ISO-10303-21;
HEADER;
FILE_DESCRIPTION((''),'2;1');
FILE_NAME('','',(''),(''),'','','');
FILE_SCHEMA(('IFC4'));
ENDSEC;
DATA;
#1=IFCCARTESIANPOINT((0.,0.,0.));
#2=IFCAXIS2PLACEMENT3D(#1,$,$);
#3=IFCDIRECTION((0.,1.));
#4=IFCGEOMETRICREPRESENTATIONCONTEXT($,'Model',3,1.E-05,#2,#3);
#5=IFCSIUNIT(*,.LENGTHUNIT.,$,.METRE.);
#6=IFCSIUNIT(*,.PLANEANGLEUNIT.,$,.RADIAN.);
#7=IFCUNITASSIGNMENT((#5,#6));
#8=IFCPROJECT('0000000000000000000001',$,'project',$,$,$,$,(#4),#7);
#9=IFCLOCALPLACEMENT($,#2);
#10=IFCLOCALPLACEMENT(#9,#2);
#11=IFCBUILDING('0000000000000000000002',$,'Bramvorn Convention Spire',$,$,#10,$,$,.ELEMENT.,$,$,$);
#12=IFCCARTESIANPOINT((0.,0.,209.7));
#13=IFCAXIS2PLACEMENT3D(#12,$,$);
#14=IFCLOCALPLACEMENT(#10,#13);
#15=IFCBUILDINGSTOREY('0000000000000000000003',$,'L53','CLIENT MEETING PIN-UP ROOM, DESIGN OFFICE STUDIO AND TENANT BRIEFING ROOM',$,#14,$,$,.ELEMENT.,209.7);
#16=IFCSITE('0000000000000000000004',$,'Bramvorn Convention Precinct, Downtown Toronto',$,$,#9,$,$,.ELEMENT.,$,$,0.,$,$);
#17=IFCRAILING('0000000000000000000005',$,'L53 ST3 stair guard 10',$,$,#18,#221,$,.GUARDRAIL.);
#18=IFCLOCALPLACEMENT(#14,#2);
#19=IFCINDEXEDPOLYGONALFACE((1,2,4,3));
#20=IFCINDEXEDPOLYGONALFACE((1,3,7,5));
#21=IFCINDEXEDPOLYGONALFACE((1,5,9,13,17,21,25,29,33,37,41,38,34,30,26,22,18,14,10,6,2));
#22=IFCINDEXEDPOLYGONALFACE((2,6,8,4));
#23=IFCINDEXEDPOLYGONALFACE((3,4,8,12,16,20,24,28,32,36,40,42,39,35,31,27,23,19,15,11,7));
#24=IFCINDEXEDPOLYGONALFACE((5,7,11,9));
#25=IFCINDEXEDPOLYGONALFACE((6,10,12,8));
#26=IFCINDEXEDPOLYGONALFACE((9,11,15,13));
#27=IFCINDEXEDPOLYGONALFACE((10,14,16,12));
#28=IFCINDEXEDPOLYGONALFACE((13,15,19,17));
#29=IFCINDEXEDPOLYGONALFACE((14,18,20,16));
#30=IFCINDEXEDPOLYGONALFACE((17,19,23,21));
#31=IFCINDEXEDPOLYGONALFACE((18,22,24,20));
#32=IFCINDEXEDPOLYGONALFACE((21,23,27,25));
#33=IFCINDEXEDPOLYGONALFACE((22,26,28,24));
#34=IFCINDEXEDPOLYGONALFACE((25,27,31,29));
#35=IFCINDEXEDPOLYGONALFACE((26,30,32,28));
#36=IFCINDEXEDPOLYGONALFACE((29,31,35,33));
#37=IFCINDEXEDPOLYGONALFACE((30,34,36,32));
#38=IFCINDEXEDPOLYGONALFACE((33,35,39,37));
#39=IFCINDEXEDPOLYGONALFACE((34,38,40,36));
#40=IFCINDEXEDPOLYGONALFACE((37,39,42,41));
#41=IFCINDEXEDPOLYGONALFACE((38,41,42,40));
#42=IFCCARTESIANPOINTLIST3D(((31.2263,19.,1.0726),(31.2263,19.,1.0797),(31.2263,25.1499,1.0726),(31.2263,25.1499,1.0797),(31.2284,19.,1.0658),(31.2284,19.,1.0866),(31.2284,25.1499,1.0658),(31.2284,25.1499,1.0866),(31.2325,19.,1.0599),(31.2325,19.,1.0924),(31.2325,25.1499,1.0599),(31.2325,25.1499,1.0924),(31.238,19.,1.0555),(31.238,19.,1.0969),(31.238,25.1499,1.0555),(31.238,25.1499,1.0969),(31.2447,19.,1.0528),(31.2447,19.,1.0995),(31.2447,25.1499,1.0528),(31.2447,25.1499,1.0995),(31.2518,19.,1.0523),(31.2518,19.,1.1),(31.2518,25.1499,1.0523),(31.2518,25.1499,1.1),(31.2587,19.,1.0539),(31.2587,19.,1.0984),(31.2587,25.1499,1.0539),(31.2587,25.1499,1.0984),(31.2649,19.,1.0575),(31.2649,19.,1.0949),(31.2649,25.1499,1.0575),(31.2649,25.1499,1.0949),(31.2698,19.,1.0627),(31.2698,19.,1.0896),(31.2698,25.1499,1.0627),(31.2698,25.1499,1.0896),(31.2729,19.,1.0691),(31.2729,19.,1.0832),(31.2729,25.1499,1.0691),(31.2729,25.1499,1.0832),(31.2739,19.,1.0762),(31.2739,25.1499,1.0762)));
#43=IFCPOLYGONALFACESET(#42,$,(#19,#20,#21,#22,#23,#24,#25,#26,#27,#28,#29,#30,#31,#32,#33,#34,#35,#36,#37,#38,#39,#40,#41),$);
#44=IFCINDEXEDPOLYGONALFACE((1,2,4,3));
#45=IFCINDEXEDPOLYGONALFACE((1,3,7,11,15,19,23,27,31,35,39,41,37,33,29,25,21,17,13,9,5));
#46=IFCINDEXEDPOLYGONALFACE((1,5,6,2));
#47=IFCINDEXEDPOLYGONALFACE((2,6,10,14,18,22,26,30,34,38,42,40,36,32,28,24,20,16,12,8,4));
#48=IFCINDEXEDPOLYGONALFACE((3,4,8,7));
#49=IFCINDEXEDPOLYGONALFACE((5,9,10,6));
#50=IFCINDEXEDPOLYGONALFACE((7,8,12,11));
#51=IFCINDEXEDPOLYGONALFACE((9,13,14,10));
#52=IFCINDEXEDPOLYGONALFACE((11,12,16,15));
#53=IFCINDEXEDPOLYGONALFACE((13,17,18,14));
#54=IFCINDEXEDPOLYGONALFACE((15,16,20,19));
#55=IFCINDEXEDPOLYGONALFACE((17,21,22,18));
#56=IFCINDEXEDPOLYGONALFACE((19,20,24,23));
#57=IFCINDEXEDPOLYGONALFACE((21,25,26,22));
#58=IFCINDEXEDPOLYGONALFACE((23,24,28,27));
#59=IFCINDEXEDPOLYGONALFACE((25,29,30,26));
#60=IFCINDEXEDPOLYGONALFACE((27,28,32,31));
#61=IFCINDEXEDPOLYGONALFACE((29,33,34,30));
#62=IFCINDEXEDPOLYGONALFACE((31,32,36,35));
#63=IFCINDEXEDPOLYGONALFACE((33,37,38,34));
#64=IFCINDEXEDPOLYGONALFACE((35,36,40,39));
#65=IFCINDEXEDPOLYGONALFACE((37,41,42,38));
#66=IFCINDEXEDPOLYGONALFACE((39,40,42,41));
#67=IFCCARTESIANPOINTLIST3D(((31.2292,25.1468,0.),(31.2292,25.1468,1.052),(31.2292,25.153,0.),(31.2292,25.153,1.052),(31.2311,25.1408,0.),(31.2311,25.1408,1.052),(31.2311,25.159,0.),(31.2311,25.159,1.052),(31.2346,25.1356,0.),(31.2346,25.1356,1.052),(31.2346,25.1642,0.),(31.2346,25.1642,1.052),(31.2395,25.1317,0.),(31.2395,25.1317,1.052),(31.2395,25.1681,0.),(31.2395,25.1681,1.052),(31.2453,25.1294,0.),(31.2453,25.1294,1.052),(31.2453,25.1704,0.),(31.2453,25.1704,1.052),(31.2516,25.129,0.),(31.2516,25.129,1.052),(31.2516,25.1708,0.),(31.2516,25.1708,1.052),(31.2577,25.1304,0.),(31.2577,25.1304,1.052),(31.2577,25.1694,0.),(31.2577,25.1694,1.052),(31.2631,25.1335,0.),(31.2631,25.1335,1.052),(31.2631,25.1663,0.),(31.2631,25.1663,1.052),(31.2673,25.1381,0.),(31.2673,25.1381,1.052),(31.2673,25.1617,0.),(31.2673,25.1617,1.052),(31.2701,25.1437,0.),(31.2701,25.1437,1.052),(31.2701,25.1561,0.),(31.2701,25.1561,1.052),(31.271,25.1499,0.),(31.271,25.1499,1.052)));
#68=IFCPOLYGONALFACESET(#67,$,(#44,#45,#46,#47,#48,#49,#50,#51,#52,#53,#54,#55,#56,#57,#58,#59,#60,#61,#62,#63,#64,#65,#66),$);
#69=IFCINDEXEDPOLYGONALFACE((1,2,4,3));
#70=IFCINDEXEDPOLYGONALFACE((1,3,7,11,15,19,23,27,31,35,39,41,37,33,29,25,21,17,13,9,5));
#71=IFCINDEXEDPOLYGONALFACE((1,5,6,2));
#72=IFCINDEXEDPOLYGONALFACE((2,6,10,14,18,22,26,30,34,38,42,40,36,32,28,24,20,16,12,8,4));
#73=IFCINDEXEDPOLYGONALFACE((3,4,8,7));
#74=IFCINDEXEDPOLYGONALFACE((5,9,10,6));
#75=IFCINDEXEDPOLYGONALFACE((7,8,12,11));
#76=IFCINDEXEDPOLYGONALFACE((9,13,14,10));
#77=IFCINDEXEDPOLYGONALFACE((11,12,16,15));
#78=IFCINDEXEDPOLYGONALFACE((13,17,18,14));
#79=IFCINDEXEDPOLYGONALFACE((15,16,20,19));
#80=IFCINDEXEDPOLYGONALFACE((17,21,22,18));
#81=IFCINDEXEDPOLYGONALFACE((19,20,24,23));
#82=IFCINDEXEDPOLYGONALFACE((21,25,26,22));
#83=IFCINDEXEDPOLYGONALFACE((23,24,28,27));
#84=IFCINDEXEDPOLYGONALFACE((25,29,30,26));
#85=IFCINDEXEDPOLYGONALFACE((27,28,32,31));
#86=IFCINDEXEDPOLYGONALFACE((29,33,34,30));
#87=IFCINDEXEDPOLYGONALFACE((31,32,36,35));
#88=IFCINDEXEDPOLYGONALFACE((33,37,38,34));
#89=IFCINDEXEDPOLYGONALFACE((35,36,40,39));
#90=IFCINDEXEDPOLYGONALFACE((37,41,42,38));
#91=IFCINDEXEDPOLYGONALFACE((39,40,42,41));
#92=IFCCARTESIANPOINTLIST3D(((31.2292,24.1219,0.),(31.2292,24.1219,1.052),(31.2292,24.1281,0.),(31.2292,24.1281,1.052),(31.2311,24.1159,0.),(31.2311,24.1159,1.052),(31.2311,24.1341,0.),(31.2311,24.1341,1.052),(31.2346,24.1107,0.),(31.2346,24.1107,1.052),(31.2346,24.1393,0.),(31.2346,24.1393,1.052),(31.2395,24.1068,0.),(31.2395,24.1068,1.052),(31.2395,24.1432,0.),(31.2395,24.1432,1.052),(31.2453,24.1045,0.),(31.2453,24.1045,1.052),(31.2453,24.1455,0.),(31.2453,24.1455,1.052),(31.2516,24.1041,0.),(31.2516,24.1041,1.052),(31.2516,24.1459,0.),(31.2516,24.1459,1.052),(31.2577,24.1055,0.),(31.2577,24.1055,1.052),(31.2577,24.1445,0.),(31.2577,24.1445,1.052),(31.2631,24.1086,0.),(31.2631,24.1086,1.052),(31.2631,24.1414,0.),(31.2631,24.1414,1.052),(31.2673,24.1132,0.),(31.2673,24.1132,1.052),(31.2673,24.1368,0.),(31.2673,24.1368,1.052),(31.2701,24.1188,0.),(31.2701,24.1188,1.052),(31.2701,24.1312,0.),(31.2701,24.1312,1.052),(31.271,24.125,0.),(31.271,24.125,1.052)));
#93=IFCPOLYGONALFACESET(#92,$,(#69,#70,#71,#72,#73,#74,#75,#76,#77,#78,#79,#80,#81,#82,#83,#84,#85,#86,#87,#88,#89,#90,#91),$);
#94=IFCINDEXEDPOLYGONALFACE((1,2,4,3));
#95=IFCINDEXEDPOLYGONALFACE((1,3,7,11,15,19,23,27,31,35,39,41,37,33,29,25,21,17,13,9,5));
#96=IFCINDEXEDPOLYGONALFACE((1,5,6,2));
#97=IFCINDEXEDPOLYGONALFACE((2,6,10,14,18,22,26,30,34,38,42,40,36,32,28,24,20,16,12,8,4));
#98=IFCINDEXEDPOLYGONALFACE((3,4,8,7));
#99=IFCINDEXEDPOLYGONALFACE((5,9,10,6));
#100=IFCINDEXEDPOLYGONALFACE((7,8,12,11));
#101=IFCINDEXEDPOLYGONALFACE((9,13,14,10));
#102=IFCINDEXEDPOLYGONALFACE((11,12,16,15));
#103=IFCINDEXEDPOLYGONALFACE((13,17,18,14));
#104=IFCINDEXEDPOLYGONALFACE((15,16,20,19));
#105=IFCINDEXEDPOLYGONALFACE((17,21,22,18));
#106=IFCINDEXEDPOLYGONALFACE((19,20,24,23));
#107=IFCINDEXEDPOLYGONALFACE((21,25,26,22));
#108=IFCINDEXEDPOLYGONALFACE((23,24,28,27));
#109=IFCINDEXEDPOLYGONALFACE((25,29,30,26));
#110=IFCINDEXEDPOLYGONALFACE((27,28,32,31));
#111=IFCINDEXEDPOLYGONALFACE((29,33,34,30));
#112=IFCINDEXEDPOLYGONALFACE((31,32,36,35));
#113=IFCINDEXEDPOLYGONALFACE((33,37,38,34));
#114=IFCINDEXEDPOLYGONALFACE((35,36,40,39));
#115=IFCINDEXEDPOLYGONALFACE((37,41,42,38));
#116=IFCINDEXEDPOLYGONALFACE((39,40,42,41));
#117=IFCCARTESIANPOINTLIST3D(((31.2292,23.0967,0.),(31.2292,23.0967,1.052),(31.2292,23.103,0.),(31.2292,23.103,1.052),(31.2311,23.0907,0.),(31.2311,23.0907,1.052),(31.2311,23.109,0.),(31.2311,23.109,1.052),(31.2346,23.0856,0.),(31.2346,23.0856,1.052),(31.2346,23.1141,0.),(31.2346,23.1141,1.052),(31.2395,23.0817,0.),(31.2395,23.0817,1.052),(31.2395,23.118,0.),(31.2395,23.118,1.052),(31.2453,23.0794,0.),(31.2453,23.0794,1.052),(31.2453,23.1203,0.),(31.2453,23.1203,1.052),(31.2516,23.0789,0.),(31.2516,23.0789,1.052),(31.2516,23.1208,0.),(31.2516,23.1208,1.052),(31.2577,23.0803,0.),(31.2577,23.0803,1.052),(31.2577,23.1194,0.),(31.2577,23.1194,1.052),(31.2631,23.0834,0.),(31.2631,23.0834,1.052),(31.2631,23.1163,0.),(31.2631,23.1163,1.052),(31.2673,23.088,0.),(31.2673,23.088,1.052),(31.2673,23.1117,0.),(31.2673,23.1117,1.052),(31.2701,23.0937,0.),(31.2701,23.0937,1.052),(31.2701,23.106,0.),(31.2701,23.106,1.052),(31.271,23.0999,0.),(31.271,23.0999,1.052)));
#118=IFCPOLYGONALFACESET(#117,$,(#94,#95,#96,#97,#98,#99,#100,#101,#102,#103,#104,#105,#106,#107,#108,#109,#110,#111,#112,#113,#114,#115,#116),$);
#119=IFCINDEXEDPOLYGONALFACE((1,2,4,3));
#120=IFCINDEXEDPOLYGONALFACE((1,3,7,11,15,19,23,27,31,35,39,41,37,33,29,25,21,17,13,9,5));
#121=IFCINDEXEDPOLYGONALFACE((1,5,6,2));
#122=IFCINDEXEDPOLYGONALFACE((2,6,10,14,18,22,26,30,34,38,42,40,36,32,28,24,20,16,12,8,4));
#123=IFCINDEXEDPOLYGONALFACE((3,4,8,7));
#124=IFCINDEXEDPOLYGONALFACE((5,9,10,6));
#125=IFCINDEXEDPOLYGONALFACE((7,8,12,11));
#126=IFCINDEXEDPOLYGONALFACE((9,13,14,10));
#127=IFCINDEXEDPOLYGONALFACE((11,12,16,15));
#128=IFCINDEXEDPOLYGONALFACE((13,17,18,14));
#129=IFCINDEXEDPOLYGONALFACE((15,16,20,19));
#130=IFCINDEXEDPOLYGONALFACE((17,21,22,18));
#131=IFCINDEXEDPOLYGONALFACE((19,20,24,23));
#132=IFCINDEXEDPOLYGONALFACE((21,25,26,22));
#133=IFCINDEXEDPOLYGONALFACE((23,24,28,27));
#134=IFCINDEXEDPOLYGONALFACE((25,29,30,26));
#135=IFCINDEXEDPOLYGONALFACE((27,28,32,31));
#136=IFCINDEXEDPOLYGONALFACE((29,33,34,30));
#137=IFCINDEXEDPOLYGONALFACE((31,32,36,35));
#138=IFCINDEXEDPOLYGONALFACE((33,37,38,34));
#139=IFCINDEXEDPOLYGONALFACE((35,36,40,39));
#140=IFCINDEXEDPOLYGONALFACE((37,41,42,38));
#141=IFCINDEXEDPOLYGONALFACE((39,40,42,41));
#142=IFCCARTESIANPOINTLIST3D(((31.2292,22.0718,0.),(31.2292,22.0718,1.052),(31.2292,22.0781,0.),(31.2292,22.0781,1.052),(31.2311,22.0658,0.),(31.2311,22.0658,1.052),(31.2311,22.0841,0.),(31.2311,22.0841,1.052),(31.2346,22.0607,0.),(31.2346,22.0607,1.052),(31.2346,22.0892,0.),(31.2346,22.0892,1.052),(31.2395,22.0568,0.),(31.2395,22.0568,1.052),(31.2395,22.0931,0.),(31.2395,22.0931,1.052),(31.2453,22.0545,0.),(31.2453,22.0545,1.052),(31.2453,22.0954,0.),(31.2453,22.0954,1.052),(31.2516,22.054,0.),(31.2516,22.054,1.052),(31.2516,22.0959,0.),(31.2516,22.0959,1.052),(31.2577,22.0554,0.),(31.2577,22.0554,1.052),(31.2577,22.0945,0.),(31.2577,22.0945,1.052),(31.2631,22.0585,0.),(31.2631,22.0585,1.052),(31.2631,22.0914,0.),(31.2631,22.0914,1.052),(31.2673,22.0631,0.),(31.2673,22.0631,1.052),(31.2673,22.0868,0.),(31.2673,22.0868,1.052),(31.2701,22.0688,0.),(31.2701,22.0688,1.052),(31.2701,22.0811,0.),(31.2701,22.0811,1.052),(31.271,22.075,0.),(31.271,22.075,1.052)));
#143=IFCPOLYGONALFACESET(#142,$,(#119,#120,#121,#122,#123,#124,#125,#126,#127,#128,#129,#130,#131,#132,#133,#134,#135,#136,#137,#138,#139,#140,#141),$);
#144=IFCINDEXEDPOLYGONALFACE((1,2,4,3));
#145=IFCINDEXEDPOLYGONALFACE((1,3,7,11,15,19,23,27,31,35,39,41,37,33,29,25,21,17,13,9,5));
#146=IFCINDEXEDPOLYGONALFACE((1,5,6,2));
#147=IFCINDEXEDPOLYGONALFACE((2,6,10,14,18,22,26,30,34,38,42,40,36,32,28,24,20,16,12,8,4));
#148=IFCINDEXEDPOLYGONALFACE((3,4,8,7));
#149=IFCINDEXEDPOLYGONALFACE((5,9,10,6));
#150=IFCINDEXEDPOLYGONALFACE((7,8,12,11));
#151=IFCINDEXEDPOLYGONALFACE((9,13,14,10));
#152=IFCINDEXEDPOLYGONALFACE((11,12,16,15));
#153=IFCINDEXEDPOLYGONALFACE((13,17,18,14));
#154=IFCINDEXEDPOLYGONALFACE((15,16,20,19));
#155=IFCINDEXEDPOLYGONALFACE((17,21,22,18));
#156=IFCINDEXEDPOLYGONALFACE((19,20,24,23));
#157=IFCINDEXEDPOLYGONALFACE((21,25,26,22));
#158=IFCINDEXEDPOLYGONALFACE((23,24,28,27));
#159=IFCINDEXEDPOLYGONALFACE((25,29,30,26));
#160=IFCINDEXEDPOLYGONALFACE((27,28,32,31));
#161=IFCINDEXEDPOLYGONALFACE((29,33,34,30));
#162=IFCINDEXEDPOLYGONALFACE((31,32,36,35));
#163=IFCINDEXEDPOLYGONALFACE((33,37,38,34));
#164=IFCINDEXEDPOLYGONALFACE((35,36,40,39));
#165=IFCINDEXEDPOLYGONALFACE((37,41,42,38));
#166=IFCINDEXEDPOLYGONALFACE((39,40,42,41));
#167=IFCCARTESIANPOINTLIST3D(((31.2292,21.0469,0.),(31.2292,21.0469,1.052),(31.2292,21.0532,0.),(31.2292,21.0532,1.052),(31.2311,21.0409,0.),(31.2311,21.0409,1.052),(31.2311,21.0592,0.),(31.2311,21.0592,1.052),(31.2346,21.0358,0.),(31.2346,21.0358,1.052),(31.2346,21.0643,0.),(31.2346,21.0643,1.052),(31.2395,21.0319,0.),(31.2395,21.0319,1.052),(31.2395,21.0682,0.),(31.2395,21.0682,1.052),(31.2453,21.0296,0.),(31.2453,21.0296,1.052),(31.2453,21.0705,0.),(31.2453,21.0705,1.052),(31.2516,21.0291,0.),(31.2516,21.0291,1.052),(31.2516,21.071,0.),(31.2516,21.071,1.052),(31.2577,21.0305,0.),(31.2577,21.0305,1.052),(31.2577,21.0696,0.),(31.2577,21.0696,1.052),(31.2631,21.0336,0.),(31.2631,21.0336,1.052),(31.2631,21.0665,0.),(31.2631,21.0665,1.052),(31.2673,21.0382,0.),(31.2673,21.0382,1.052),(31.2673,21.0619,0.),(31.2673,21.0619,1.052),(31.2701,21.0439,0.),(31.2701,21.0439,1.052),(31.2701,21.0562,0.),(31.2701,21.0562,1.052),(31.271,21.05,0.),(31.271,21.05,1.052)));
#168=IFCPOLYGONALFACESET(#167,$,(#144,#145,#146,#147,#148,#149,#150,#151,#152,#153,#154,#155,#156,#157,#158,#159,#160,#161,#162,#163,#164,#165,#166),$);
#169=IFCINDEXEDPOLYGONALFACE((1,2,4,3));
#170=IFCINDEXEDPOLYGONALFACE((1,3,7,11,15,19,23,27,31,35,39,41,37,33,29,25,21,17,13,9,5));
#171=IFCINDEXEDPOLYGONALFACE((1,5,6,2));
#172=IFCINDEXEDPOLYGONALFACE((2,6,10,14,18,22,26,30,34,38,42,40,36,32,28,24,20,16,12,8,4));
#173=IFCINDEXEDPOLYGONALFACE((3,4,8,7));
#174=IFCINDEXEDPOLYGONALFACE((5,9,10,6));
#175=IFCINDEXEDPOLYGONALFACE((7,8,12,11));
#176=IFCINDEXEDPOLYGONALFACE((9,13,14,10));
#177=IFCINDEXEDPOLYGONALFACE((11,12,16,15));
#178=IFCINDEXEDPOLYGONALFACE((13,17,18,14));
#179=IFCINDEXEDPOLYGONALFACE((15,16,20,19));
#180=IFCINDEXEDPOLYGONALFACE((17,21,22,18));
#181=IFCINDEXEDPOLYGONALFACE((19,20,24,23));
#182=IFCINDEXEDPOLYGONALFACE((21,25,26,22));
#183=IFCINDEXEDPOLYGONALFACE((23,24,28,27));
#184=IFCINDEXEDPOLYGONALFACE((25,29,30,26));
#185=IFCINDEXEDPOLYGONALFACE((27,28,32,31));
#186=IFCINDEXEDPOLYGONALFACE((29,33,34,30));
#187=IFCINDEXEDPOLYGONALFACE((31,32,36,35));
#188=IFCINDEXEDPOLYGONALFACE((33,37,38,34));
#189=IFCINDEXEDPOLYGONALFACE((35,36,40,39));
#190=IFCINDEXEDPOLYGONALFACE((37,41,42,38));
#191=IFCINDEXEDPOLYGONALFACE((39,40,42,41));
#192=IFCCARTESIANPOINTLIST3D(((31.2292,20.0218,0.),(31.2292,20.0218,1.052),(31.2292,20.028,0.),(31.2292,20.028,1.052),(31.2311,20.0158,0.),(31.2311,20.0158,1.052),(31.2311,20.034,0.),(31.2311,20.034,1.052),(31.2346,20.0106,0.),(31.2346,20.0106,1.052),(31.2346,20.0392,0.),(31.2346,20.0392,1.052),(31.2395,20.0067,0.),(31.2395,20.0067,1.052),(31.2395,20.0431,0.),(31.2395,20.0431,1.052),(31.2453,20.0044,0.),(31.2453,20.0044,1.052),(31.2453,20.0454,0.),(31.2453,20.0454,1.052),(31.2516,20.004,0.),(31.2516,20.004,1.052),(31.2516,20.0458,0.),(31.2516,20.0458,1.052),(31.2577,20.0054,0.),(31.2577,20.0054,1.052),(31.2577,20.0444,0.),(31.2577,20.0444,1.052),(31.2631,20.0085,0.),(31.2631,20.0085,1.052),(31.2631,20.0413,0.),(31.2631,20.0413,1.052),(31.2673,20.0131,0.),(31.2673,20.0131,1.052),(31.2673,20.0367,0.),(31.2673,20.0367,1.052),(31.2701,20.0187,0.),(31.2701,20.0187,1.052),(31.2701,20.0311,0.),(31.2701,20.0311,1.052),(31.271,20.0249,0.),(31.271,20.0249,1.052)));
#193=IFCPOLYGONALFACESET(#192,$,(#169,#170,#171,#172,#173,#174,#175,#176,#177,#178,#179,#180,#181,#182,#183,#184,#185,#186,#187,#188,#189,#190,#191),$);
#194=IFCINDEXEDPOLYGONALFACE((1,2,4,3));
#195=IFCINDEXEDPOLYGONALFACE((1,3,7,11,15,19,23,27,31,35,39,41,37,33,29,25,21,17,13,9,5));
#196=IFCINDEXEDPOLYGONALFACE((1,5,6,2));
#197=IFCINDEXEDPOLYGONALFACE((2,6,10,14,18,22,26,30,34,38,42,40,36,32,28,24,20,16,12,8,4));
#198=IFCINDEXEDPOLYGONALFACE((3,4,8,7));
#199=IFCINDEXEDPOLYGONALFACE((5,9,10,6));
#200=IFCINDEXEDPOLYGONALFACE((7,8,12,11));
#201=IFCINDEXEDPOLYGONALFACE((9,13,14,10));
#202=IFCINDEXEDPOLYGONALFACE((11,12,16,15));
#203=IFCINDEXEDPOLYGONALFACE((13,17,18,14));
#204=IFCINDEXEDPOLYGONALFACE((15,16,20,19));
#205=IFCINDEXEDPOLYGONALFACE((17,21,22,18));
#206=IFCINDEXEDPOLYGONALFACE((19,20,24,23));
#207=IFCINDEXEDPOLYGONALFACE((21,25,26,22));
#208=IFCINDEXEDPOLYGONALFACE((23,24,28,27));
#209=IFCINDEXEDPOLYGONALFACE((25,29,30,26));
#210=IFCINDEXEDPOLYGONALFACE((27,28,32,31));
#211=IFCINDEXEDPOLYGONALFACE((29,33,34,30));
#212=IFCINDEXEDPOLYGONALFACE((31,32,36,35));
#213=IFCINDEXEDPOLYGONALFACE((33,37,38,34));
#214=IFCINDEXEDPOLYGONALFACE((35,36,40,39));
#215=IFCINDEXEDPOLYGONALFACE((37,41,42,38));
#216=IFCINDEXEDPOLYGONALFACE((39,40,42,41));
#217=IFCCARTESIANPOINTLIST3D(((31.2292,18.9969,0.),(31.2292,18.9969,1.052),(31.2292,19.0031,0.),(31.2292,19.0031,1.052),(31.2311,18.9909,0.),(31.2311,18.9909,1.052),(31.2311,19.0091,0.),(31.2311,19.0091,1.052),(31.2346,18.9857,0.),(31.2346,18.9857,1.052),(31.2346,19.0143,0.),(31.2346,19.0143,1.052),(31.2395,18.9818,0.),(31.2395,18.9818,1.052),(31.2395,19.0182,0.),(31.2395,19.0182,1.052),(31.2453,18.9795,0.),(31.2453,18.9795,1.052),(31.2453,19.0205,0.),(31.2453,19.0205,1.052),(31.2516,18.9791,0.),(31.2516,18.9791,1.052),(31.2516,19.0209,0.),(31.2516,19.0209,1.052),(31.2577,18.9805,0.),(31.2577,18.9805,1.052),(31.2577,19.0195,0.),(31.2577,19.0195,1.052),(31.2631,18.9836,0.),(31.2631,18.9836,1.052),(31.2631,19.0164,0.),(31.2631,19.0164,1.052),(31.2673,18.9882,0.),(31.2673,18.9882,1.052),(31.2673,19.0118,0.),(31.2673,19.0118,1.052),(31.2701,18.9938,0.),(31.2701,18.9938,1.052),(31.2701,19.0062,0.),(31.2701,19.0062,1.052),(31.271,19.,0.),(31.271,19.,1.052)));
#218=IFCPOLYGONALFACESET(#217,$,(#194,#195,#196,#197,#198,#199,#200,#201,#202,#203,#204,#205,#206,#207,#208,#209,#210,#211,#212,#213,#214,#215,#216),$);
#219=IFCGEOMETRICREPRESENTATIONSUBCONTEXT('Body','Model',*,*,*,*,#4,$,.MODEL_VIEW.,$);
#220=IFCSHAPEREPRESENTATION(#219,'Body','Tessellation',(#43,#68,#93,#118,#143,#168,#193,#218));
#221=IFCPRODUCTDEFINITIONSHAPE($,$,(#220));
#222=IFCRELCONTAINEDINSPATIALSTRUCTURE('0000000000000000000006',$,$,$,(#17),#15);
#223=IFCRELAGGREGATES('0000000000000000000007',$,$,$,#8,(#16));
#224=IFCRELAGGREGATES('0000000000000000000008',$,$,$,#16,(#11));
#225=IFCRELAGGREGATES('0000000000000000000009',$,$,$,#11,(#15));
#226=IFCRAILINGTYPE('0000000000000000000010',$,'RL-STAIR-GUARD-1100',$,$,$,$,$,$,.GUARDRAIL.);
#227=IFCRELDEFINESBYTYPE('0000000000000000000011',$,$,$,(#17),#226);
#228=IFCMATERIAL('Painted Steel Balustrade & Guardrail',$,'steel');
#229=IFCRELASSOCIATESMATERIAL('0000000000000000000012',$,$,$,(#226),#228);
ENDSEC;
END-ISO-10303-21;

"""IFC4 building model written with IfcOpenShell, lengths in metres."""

from ifc_helpers import new_model, si_unit, direction, frame, origin, origin_2d, place, context, subcontext, project, spatial, circle, extrude, material, type_object, element, save


model = new_model("IFC4")

# Units and contexts
model_context = context("Model", 3, precision=1e-05, world=origin(), true_north=direction((0.0, 1.0)))
body_context = subcontext(model_context, "Body", "Model", "MODEL_VIEW")
ifc_project = project(units=[si_unit("LENGTHUNIT", "METRE"), si_unit("PLANEANGLEUNIT", "RADIAN")], contexts=[model_context])

# Site, building, storey
site_placement = place(None, origin())
site = spatial("IfcSite", under=ifc_project, at=site_placement, Name="Bramvorn Convention Precinct, Downtown Toronto", CompositionType="ELEMENT", RefElevation=0.0)
building_placement = place(site_placement, origin())
building = spatial("IfcBuilding", under=site, at=building_placement, Name="Bramvorn Convention Spire", CompositionType="ELEMENT")
storey_placement = place(building_placement, frame((0.0, 0.0, 209.7)))
storey = spatial("IfcBuildingStorey", under=building, at=storey_placement, Name="L53", Description="CLIENT MEETING PIN-UP ROOM, DESIGN OFFICE STUDIO AND TENANT BRIEFING ROOM", CompositionType="ELEMENT", Elevation=209.7)

# Railing
ifc_material_1 = material(Name="Painted Steel Balustrade & Guardrail", Category="steel")
railing_type = type_object("IfcRailingType", Name="RL-STAIR-GUARD-1100", PredefinedType="GUARDRAIL", material=ifc_material_1)
railing_1_placement = place(storey_placement, frame((31.25, 25.1499, 0.0)))
element("IfcRailing", 1, at=railing_1_placement, inside=storey, type_object=railing_type, Name="L53 ST3 stair guard 10", PredefinedType="GUARDRAIL", context=body_context, shape_type="SweptSolid", body=[
    extrude(circle(Radius=0.0239, at=origin_2d()), frame((0.0, 0.0, 1.0762), z_axis=(0.0, -1.0, 0.0), x_axis=(1.0, 0.0, 0.0)), (0.0, 0.0, 1.0), 6.1499),
    extrude(circle(Radius=0.021, at=origin_2d()), origin(), (0.0, 0.0, 1.0), 1.052),
    extrude(circle(Radius=0.021, at=origin_2d()), frame((0.0, -1.0249, 0.0)), (0.0, 0.0, 1.0), 1.052),
    extrude(circle(Radius=0.021, at=origin_2d()), frame((0.0, -2.05, 0.0)), (0.0, 0.0, 1.0), 1.052),
    extrude(circle(Radius=0.021, at=origin_2d()), frame((0.0, -3.075, 0.0)), (0.0, 0.0, 1.0), 1.052),
    extrude(circle(Radius=0.021, at=origin_2d()), frame((0.0, -4.0999, 0.0)), (0.0, 0.0, 1.0), 1.052),
    extrude(circle(Radius=0.021, at=origin_2d()), frame((0.0, -5.125, 0.0)), (0.0, 0.0, 1.0), 1.052),
    extrude(circle(Radius=0.021, at=origin_2d()), frame((0.0, -6.1499, 0.0)), (0.0, 0.0, 1.0), 1.052),
])

save(model, "model.ifc")
